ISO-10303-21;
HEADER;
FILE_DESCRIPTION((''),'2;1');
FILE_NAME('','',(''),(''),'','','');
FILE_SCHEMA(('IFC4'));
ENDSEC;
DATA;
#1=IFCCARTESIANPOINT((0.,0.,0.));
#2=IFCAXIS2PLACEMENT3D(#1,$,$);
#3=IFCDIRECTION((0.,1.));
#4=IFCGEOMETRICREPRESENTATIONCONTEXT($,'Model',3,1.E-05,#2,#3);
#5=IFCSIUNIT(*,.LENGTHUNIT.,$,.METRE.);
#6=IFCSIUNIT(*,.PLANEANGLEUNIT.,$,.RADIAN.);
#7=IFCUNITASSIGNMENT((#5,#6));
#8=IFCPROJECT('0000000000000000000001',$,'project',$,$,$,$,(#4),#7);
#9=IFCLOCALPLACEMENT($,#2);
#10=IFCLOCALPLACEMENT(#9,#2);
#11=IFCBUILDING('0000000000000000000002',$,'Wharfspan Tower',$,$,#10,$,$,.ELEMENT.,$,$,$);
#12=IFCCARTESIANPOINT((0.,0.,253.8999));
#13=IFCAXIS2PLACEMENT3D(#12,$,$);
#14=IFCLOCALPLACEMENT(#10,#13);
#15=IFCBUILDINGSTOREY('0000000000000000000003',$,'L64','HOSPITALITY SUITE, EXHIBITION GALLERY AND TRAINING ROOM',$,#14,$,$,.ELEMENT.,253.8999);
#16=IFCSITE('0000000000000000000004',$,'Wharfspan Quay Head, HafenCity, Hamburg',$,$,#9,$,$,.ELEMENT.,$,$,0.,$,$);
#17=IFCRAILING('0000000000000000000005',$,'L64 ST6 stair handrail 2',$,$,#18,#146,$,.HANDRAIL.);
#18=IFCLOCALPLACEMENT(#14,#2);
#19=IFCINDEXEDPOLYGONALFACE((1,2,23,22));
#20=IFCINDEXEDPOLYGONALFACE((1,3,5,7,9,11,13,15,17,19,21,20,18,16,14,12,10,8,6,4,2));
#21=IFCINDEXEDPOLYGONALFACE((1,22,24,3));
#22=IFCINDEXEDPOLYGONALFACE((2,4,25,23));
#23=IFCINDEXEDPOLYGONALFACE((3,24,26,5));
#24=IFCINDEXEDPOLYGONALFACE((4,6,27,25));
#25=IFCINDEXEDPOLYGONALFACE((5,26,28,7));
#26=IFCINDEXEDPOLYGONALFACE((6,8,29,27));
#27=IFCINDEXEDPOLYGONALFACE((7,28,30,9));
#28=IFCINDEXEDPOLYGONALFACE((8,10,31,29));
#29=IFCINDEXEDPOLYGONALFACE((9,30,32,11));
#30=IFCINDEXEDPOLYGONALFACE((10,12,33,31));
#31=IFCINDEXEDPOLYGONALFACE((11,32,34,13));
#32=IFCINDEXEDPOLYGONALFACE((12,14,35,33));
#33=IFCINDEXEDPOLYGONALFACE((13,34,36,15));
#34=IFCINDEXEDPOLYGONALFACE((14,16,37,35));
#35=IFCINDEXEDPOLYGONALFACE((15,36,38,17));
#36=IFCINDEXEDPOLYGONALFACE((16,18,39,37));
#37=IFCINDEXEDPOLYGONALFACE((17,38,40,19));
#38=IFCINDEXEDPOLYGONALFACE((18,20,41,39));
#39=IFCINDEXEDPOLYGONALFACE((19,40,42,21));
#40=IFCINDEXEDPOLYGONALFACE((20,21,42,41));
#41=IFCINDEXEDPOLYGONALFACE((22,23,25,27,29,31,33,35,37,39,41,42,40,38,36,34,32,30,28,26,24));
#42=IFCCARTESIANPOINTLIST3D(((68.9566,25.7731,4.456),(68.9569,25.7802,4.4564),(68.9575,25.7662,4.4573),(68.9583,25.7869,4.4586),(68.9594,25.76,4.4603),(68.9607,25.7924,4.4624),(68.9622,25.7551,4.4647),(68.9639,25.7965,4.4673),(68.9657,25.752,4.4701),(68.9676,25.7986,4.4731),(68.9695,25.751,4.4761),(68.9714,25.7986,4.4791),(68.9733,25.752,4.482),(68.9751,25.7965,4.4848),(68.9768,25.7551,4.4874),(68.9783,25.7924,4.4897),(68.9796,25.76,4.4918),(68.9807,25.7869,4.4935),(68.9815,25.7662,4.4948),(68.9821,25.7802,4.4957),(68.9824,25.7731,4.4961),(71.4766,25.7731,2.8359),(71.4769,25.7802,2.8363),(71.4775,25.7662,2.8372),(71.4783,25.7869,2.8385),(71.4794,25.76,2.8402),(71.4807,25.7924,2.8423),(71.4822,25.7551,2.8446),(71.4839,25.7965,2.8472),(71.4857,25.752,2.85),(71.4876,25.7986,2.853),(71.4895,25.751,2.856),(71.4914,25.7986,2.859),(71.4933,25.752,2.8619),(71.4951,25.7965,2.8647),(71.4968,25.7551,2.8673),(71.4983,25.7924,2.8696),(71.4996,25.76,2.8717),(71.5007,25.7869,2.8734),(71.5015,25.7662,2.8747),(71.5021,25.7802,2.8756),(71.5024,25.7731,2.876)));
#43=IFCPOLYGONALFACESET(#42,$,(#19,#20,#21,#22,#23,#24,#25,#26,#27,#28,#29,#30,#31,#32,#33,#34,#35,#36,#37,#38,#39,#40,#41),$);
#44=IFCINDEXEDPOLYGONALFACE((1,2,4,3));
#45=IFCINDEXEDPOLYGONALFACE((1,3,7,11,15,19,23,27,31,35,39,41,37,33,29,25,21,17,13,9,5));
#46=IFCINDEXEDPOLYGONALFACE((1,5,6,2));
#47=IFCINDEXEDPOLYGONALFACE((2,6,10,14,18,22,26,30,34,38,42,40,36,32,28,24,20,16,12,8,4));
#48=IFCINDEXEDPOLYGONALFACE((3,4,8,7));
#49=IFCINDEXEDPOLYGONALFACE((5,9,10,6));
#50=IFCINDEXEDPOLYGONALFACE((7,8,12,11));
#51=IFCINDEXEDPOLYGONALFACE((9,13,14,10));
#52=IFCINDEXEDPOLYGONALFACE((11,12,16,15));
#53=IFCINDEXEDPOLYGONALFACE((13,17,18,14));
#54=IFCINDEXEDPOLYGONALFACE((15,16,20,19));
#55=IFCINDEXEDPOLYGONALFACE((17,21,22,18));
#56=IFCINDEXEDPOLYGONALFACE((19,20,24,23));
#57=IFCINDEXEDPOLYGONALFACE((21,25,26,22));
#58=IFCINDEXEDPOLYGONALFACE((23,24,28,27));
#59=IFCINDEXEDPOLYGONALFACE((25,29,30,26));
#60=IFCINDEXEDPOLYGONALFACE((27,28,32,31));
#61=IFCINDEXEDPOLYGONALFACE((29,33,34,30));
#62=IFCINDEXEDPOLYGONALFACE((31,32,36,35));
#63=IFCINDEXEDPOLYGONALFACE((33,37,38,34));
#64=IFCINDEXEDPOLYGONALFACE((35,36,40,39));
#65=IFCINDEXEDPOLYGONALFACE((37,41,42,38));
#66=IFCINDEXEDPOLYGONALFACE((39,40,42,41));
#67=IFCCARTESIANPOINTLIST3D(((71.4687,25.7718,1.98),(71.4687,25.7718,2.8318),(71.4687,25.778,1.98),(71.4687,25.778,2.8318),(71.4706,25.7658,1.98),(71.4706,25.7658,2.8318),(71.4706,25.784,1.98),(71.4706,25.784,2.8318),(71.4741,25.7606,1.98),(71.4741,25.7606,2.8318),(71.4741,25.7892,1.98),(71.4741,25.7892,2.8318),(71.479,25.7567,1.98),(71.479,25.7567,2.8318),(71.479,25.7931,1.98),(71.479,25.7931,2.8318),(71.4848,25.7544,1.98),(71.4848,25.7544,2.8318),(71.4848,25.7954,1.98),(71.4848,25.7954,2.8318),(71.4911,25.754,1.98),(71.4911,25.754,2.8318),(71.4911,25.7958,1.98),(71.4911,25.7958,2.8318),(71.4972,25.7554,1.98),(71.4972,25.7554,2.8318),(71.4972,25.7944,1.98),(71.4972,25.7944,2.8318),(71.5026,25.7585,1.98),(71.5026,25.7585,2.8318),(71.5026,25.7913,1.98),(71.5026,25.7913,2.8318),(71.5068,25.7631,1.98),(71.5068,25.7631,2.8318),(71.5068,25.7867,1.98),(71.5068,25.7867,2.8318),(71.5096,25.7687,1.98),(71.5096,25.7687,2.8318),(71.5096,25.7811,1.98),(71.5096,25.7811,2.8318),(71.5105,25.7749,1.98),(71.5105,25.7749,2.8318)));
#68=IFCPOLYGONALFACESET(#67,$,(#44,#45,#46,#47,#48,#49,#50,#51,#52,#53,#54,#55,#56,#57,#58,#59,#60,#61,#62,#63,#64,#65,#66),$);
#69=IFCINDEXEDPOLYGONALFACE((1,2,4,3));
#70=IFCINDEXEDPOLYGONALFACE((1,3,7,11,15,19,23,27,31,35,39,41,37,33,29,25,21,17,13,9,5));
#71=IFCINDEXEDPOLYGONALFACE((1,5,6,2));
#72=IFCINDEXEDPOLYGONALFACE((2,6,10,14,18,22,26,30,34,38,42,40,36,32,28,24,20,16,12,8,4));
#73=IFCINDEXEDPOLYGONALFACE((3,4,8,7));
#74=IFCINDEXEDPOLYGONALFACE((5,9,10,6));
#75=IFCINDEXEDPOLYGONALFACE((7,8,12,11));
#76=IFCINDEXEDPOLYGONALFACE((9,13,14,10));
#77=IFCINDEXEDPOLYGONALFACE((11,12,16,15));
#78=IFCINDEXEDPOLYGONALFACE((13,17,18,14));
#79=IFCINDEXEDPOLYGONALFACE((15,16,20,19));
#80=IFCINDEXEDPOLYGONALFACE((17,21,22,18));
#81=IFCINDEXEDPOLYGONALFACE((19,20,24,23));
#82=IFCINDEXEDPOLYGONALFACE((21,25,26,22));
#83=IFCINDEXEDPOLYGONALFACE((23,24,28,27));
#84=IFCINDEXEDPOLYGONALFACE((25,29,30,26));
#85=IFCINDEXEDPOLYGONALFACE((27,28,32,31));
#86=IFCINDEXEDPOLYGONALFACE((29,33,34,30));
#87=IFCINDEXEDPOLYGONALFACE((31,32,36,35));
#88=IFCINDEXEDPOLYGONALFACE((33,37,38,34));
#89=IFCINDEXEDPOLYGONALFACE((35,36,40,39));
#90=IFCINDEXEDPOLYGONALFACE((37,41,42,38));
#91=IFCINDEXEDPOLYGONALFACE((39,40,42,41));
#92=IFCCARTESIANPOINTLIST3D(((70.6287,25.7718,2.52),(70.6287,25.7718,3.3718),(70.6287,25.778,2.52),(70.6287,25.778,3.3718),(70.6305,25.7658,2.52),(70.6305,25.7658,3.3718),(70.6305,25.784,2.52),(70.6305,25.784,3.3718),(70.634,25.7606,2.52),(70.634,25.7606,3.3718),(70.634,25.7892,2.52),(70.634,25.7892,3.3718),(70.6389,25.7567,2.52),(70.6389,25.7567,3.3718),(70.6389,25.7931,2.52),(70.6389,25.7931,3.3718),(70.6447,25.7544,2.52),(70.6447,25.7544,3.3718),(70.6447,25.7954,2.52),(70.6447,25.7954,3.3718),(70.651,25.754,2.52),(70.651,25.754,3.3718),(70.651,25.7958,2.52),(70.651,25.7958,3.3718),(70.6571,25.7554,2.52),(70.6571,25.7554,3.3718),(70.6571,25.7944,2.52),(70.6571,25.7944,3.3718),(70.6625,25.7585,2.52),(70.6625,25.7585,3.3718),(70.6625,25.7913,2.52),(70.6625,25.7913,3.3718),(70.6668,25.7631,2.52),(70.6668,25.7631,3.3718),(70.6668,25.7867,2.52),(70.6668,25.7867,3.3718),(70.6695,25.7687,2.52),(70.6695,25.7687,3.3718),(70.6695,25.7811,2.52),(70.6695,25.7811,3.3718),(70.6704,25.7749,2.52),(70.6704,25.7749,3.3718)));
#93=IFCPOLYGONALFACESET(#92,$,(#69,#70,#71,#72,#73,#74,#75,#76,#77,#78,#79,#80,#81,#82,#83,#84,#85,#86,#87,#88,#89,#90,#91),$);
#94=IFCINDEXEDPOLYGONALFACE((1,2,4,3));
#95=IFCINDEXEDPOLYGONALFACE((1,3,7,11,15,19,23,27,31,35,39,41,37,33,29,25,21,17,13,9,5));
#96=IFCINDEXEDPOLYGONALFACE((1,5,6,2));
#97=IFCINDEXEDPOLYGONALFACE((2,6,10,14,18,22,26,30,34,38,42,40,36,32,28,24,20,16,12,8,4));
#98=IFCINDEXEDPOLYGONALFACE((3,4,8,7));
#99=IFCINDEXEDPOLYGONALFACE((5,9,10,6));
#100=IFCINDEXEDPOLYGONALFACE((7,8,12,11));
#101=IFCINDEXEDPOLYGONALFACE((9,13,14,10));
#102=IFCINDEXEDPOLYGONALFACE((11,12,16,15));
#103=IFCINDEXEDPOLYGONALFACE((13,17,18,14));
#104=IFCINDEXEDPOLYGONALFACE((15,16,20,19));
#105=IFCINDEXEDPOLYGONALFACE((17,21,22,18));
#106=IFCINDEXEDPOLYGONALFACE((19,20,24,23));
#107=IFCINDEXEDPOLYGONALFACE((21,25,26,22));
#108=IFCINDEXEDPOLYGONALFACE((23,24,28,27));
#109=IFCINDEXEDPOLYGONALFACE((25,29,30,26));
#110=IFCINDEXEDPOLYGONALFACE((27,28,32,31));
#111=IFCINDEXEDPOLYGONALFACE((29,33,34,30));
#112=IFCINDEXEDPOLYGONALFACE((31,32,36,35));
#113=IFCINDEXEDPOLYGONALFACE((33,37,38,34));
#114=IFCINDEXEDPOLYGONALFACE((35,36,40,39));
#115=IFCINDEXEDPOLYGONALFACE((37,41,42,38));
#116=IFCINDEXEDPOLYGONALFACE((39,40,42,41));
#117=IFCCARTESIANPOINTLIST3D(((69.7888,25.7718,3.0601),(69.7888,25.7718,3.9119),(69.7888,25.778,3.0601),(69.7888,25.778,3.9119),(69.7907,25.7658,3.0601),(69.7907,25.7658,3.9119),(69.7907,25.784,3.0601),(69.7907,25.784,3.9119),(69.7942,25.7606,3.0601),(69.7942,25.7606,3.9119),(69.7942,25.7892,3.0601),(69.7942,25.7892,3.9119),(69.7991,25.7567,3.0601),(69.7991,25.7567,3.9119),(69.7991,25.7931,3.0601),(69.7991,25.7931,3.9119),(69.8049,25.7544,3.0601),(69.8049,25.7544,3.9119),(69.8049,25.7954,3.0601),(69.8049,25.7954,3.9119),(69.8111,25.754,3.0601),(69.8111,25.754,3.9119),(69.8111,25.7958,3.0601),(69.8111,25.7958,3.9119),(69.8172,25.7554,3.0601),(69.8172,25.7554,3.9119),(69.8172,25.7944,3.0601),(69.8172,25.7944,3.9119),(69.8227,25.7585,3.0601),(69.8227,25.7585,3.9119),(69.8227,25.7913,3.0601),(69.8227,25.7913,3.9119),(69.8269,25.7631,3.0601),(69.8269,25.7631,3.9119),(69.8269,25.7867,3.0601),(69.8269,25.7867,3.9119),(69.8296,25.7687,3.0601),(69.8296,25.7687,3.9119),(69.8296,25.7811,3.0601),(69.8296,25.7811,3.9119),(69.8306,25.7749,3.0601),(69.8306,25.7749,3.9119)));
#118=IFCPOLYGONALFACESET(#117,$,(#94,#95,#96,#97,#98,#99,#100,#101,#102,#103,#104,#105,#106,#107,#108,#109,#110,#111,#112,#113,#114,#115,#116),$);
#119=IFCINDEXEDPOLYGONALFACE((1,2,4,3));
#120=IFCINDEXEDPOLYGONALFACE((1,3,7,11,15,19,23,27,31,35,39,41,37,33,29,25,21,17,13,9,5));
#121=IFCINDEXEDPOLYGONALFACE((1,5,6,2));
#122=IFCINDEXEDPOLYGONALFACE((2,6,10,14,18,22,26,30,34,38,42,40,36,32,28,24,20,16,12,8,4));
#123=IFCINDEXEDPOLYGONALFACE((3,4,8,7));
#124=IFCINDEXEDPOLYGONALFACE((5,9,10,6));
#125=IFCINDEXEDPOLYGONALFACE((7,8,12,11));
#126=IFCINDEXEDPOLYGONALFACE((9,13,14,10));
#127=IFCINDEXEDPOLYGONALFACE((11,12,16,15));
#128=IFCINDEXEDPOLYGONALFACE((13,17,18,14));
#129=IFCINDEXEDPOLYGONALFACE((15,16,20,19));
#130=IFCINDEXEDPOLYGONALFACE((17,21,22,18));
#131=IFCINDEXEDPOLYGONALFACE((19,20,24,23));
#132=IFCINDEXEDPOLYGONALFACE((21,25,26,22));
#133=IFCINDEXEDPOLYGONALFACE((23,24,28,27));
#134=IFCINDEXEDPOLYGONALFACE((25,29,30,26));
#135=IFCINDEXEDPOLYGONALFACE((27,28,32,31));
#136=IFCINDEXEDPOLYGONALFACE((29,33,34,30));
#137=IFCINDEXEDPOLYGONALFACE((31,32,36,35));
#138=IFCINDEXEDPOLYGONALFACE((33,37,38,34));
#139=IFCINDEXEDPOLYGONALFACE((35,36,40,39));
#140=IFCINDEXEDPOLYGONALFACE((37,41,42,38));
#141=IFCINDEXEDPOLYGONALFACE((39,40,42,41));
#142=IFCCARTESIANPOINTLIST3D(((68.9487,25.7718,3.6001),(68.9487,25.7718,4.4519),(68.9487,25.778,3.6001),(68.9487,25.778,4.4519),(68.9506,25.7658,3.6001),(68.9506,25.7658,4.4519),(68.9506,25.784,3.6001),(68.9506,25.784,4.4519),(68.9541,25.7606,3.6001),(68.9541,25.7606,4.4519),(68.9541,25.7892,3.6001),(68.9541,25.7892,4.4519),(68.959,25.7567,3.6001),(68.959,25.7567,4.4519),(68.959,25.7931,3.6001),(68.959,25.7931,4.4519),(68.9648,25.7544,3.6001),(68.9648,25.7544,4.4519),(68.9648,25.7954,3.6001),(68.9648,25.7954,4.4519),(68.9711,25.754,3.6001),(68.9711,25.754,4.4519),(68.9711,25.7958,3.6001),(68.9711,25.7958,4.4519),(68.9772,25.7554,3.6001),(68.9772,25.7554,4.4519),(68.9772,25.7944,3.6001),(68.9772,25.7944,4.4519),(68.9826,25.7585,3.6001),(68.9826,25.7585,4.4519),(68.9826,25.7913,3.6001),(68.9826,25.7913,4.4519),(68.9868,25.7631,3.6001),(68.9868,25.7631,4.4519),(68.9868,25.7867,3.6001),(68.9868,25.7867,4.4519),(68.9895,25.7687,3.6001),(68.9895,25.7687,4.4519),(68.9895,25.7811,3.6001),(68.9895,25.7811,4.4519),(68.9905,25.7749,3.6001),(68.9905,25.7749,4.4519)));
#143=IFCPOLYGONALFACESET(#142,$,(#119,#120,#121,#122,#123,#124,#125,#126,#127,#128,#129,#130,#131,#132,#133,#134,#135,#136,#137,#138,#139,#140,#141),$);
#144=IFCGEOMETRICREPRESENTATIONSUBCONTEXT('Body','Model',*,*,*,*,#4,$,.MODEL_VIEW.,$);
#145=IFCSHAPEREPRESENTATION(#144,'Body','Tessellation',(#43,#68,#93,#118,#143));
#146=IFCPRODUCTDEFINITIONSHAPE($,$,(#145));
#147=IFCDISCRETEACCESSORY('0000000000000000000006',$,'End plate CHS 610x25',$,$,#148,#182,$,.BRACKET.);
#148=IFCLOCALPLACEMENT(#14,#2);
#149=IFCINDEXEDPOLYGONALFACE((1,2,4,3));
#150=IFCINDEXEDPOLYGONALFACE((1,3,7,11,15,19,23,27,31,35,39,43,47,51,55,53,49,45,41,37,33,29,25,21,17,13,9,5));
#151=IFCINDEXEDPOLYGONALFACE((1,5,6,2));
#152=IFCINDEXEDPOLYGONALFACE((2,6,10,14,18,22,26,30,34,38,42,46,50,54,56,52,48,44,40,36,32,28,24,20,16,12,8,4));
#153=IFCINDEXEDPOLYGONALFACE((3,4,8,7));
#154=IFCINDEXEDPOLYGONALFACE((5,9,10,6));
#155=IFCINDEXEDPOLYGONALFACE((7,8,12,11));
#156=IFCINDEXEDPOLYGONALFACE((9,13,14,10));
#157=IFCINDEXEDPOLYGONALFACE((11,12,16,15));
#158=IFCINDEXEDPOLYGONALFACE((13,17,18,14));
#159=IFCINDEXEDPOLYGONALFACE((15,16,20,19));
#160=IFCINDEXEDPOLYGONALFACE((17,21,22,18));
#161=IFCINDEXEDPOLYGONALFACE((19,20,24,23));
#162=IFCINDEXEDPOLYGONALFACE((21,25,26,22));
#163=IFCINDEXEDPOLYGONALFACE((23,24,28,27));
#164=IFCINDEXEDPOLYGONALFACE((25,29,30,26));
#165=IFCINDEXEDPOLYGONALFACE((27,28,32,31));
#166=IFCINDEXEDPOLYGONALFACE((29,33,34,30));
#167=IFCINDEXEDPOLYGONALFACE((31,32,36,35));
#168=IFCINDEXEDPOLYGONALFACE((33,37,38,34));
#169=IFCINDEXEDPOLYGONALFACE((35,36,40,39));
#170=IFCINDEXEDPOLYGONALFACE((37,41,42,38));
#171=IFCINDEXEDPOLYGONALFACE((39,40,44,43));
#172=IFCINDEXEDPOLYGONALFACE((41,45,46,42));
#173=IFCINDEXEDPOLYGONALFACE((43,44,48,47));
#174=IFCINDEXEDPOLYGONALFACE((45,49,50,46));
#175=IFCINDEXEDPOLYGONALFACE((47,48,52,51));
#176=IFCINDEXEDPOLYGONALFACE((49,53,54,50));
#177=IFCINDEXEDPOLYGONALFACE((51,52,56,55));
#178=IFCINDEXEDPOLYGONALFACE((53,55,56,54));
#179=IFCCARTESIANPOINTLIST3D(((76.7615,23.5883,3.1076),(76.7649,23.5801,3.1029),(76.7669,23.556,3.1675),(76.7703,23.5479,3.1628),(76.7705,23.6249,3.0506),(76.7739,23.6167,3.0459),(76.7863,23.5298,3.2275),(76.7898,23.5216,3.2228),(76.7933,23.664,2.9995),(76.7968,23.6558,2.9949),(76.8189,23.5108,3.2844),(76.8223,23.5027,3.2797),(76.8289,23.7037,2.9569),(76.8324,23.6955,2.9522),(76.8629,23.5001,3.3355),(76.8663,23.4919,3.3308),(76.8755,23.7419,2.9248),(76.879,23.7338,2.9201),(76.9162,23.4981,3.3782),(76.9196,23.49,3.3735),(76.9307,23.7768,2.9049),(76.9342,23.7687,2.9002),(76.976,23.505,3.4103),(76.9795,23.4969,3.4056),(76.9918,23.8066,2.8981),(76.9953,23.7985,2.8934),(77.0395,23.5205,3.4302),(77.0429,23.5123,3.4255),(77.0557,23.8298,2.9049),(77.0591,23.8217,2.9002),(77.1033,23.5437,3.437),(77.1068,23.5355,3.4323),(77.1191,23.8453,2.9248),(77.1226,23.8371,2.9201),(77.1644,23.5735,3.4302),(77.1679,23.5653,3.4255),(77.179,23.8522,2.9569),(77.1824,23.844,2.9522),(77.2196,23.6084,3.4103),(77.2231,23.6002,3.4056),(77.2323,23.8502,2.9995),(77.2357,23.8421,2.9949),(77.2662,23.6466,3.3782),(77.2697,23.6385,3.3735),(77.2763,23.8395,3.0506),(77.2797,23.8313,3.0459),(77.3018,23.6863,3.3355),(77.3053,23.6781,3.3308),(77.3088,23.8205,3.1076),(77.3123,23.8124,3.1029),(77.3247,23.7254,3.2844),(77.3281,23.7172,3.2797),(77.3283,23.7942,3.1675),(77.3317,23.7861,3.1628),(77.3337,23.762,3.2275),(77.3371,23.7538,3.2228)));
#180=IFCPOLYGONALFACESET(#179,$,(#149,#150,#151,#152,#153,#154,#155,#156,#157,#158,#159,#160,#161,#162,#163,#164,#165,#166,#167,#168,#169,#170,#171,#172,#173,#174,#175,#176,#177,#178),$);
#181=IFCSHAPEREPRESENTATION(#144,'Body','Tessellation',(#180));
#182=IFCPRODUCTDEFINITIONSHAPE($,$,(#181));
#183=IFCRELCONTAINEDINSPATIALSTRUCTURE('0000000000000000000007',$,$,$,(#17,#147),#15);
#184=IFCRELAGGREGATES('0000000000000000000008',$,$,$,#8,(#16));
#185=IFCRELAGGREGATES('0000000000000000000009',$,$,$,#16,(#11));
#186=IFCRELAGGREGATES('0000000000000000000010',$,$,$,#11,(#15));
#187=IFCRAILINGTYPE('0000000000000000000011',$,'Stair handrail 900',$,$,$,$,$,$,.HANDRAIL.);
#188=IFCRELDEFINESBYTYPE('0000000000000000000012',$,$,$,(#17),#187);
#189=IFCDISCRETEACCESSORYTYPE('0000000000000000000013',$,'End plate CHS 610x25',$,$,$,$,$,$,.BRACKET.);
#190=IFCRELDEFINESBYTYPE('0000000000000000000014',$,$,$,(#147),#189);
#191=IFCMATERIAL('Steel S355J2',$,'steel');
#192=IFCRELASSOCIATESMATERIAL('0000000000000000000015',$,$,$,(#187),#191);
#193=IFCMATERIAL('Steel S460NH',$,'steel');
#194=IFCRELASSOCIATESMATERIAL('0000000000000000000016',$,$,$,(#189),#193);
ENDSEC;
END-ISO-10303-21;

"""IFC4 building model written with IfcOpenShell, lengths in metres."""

from ifc_helpers import new_model, si_unit, direction, frame, origin, origin_2d, place, context, subcontext, project, spatial, circle, extrude, material, material_profile, profile_set, type_object, element, save


model = new_model("IFC4")

# Units and contexts
model_context = context("Model", 3, precision=1e-05, world=origin(), true_north=direction((0.0, 1.0)))
body_context = subcontext(model_context, "Body", "Model", "MODEL_VIEW")
ifc_project = project(units=[si_unit("LENGTHUNIT", "METRE"), si_unit("PLANEANGLEUNIT", "RADIAN")], contexts=[model_context])

# Site, building, storey
site_placement = place(None, origin())
site = spatial("IfcSite", under=ifc_project, at=site_placement, Name="Wharfspan Quay Head, HafenCity, Hamburg", CompositionType="ELEMENT", RefElevation=0.0)
building_placement = place(site_placement, origin())
building = spatial("IfcBuilding", under=site, at=building_placement, Name="Wharfspan Tower", CompositionType="ELEMENT")
storey_placement = place(building_placement, frame((0.0, 0.0, 253.8999)))
storey = spatial("IfcBuildingStorey", under=building, at=storey_placement, Name="L64", Description="HOSPITALITY SUITE, EXHIBITION GALLERY AND TRAINING ROOM", CompositionType="ELEMENT", Elevation=253.8999)

# Shared definitions
ifc_material_1 = material(Name="Steel S460NH", Category="steel")

# Railing
ifc_material_2 = material(Name="Steel S355J2", Category="steel")
railing_type_1 = type_object("IfcRailingType", Name="Stair handrail 900", PredefinedType="HANDRAIL", material=ifc_material_2)
railing_1_placement = place(storey_placement, frame((71.4895, 25.7749, 1.98)))
element("IfcRailing", 1, at=railing_1_placement, inside=storey, type_object=railing_type_1, Name="L64 ST6 stair handrail 2", PredefinedType="HANDRAIL", context=body_context, shape_type="SweptSolid", body=[
    extrude(circle(Radius=0.0239, at=origin_2d()), frame((0.0, 0.0, 0.876), z_axis=(-0.841163, 0.0, 0.540782), x_axis=(0.0, -1.0, 0.0)), (0.0, 0.0, 1.0), 2.9958),
    extrude(circle(Radius=0.021, at=origin_2d()), origin(), (0.0, 0.0, 1.0), 0.8518),
    extrude(circle(Radius=0.021, at=origin_2d()), frame((-0.8401, 0.0, 0.54)), (0.0, 0.0, 1.0), 0.8518),
    extrude(circle(Radius=0.021, at=origin_2d()), frame((-1.6799, 0.0, 1.0801)), (0.0, 0.0, 1.0), 0.8518),
    extrude(circle(Radius=0.021, at=origin_2d()), frame((-2.52, 0.0, 1.6201)), (0.0, 0.0, 1.0), 0.8518),
])

# Discrete accessory
ifc_material_profile_1 = material_profile(ifc_material_1, circle(Radius=0.3049, at=origin_2d()))
ifc_profile_set_1 = profile_set([ifc_material_profile_1], Name="Steel S460NH")
discrete_accessory_type = type_object("IfcDiscreteAccessoryType", Name="End plate CHS 610x25", PredefinedType="BRACKET", material=ifc_profile_set_1)
for number, where, z_axis, x_axis, name in (
    (2, (77.051, 23.667, 3.1628), (-0.345075, 0.81339, 0.468316), (-0.920586, -0.390551, -0.000002), "End plate CHS 610x25"),
):
    element("IfcDiscreteAccessory", number, at=place(storey_placement, frame(where, z_axis=z_axis, x_axis=x_axis)), inside=storey, type_object=discrete_accessory_type, Name=name, PredefinedType="BRACKET", context=body_context, shape_type="SweptSolid", body=[
        extrude(circle(Radius=0.3049, at=origin_2d()), origin(), (0.0, 0.0, 1.0), 0.01),
    ])

save(model, "model.ifc")
